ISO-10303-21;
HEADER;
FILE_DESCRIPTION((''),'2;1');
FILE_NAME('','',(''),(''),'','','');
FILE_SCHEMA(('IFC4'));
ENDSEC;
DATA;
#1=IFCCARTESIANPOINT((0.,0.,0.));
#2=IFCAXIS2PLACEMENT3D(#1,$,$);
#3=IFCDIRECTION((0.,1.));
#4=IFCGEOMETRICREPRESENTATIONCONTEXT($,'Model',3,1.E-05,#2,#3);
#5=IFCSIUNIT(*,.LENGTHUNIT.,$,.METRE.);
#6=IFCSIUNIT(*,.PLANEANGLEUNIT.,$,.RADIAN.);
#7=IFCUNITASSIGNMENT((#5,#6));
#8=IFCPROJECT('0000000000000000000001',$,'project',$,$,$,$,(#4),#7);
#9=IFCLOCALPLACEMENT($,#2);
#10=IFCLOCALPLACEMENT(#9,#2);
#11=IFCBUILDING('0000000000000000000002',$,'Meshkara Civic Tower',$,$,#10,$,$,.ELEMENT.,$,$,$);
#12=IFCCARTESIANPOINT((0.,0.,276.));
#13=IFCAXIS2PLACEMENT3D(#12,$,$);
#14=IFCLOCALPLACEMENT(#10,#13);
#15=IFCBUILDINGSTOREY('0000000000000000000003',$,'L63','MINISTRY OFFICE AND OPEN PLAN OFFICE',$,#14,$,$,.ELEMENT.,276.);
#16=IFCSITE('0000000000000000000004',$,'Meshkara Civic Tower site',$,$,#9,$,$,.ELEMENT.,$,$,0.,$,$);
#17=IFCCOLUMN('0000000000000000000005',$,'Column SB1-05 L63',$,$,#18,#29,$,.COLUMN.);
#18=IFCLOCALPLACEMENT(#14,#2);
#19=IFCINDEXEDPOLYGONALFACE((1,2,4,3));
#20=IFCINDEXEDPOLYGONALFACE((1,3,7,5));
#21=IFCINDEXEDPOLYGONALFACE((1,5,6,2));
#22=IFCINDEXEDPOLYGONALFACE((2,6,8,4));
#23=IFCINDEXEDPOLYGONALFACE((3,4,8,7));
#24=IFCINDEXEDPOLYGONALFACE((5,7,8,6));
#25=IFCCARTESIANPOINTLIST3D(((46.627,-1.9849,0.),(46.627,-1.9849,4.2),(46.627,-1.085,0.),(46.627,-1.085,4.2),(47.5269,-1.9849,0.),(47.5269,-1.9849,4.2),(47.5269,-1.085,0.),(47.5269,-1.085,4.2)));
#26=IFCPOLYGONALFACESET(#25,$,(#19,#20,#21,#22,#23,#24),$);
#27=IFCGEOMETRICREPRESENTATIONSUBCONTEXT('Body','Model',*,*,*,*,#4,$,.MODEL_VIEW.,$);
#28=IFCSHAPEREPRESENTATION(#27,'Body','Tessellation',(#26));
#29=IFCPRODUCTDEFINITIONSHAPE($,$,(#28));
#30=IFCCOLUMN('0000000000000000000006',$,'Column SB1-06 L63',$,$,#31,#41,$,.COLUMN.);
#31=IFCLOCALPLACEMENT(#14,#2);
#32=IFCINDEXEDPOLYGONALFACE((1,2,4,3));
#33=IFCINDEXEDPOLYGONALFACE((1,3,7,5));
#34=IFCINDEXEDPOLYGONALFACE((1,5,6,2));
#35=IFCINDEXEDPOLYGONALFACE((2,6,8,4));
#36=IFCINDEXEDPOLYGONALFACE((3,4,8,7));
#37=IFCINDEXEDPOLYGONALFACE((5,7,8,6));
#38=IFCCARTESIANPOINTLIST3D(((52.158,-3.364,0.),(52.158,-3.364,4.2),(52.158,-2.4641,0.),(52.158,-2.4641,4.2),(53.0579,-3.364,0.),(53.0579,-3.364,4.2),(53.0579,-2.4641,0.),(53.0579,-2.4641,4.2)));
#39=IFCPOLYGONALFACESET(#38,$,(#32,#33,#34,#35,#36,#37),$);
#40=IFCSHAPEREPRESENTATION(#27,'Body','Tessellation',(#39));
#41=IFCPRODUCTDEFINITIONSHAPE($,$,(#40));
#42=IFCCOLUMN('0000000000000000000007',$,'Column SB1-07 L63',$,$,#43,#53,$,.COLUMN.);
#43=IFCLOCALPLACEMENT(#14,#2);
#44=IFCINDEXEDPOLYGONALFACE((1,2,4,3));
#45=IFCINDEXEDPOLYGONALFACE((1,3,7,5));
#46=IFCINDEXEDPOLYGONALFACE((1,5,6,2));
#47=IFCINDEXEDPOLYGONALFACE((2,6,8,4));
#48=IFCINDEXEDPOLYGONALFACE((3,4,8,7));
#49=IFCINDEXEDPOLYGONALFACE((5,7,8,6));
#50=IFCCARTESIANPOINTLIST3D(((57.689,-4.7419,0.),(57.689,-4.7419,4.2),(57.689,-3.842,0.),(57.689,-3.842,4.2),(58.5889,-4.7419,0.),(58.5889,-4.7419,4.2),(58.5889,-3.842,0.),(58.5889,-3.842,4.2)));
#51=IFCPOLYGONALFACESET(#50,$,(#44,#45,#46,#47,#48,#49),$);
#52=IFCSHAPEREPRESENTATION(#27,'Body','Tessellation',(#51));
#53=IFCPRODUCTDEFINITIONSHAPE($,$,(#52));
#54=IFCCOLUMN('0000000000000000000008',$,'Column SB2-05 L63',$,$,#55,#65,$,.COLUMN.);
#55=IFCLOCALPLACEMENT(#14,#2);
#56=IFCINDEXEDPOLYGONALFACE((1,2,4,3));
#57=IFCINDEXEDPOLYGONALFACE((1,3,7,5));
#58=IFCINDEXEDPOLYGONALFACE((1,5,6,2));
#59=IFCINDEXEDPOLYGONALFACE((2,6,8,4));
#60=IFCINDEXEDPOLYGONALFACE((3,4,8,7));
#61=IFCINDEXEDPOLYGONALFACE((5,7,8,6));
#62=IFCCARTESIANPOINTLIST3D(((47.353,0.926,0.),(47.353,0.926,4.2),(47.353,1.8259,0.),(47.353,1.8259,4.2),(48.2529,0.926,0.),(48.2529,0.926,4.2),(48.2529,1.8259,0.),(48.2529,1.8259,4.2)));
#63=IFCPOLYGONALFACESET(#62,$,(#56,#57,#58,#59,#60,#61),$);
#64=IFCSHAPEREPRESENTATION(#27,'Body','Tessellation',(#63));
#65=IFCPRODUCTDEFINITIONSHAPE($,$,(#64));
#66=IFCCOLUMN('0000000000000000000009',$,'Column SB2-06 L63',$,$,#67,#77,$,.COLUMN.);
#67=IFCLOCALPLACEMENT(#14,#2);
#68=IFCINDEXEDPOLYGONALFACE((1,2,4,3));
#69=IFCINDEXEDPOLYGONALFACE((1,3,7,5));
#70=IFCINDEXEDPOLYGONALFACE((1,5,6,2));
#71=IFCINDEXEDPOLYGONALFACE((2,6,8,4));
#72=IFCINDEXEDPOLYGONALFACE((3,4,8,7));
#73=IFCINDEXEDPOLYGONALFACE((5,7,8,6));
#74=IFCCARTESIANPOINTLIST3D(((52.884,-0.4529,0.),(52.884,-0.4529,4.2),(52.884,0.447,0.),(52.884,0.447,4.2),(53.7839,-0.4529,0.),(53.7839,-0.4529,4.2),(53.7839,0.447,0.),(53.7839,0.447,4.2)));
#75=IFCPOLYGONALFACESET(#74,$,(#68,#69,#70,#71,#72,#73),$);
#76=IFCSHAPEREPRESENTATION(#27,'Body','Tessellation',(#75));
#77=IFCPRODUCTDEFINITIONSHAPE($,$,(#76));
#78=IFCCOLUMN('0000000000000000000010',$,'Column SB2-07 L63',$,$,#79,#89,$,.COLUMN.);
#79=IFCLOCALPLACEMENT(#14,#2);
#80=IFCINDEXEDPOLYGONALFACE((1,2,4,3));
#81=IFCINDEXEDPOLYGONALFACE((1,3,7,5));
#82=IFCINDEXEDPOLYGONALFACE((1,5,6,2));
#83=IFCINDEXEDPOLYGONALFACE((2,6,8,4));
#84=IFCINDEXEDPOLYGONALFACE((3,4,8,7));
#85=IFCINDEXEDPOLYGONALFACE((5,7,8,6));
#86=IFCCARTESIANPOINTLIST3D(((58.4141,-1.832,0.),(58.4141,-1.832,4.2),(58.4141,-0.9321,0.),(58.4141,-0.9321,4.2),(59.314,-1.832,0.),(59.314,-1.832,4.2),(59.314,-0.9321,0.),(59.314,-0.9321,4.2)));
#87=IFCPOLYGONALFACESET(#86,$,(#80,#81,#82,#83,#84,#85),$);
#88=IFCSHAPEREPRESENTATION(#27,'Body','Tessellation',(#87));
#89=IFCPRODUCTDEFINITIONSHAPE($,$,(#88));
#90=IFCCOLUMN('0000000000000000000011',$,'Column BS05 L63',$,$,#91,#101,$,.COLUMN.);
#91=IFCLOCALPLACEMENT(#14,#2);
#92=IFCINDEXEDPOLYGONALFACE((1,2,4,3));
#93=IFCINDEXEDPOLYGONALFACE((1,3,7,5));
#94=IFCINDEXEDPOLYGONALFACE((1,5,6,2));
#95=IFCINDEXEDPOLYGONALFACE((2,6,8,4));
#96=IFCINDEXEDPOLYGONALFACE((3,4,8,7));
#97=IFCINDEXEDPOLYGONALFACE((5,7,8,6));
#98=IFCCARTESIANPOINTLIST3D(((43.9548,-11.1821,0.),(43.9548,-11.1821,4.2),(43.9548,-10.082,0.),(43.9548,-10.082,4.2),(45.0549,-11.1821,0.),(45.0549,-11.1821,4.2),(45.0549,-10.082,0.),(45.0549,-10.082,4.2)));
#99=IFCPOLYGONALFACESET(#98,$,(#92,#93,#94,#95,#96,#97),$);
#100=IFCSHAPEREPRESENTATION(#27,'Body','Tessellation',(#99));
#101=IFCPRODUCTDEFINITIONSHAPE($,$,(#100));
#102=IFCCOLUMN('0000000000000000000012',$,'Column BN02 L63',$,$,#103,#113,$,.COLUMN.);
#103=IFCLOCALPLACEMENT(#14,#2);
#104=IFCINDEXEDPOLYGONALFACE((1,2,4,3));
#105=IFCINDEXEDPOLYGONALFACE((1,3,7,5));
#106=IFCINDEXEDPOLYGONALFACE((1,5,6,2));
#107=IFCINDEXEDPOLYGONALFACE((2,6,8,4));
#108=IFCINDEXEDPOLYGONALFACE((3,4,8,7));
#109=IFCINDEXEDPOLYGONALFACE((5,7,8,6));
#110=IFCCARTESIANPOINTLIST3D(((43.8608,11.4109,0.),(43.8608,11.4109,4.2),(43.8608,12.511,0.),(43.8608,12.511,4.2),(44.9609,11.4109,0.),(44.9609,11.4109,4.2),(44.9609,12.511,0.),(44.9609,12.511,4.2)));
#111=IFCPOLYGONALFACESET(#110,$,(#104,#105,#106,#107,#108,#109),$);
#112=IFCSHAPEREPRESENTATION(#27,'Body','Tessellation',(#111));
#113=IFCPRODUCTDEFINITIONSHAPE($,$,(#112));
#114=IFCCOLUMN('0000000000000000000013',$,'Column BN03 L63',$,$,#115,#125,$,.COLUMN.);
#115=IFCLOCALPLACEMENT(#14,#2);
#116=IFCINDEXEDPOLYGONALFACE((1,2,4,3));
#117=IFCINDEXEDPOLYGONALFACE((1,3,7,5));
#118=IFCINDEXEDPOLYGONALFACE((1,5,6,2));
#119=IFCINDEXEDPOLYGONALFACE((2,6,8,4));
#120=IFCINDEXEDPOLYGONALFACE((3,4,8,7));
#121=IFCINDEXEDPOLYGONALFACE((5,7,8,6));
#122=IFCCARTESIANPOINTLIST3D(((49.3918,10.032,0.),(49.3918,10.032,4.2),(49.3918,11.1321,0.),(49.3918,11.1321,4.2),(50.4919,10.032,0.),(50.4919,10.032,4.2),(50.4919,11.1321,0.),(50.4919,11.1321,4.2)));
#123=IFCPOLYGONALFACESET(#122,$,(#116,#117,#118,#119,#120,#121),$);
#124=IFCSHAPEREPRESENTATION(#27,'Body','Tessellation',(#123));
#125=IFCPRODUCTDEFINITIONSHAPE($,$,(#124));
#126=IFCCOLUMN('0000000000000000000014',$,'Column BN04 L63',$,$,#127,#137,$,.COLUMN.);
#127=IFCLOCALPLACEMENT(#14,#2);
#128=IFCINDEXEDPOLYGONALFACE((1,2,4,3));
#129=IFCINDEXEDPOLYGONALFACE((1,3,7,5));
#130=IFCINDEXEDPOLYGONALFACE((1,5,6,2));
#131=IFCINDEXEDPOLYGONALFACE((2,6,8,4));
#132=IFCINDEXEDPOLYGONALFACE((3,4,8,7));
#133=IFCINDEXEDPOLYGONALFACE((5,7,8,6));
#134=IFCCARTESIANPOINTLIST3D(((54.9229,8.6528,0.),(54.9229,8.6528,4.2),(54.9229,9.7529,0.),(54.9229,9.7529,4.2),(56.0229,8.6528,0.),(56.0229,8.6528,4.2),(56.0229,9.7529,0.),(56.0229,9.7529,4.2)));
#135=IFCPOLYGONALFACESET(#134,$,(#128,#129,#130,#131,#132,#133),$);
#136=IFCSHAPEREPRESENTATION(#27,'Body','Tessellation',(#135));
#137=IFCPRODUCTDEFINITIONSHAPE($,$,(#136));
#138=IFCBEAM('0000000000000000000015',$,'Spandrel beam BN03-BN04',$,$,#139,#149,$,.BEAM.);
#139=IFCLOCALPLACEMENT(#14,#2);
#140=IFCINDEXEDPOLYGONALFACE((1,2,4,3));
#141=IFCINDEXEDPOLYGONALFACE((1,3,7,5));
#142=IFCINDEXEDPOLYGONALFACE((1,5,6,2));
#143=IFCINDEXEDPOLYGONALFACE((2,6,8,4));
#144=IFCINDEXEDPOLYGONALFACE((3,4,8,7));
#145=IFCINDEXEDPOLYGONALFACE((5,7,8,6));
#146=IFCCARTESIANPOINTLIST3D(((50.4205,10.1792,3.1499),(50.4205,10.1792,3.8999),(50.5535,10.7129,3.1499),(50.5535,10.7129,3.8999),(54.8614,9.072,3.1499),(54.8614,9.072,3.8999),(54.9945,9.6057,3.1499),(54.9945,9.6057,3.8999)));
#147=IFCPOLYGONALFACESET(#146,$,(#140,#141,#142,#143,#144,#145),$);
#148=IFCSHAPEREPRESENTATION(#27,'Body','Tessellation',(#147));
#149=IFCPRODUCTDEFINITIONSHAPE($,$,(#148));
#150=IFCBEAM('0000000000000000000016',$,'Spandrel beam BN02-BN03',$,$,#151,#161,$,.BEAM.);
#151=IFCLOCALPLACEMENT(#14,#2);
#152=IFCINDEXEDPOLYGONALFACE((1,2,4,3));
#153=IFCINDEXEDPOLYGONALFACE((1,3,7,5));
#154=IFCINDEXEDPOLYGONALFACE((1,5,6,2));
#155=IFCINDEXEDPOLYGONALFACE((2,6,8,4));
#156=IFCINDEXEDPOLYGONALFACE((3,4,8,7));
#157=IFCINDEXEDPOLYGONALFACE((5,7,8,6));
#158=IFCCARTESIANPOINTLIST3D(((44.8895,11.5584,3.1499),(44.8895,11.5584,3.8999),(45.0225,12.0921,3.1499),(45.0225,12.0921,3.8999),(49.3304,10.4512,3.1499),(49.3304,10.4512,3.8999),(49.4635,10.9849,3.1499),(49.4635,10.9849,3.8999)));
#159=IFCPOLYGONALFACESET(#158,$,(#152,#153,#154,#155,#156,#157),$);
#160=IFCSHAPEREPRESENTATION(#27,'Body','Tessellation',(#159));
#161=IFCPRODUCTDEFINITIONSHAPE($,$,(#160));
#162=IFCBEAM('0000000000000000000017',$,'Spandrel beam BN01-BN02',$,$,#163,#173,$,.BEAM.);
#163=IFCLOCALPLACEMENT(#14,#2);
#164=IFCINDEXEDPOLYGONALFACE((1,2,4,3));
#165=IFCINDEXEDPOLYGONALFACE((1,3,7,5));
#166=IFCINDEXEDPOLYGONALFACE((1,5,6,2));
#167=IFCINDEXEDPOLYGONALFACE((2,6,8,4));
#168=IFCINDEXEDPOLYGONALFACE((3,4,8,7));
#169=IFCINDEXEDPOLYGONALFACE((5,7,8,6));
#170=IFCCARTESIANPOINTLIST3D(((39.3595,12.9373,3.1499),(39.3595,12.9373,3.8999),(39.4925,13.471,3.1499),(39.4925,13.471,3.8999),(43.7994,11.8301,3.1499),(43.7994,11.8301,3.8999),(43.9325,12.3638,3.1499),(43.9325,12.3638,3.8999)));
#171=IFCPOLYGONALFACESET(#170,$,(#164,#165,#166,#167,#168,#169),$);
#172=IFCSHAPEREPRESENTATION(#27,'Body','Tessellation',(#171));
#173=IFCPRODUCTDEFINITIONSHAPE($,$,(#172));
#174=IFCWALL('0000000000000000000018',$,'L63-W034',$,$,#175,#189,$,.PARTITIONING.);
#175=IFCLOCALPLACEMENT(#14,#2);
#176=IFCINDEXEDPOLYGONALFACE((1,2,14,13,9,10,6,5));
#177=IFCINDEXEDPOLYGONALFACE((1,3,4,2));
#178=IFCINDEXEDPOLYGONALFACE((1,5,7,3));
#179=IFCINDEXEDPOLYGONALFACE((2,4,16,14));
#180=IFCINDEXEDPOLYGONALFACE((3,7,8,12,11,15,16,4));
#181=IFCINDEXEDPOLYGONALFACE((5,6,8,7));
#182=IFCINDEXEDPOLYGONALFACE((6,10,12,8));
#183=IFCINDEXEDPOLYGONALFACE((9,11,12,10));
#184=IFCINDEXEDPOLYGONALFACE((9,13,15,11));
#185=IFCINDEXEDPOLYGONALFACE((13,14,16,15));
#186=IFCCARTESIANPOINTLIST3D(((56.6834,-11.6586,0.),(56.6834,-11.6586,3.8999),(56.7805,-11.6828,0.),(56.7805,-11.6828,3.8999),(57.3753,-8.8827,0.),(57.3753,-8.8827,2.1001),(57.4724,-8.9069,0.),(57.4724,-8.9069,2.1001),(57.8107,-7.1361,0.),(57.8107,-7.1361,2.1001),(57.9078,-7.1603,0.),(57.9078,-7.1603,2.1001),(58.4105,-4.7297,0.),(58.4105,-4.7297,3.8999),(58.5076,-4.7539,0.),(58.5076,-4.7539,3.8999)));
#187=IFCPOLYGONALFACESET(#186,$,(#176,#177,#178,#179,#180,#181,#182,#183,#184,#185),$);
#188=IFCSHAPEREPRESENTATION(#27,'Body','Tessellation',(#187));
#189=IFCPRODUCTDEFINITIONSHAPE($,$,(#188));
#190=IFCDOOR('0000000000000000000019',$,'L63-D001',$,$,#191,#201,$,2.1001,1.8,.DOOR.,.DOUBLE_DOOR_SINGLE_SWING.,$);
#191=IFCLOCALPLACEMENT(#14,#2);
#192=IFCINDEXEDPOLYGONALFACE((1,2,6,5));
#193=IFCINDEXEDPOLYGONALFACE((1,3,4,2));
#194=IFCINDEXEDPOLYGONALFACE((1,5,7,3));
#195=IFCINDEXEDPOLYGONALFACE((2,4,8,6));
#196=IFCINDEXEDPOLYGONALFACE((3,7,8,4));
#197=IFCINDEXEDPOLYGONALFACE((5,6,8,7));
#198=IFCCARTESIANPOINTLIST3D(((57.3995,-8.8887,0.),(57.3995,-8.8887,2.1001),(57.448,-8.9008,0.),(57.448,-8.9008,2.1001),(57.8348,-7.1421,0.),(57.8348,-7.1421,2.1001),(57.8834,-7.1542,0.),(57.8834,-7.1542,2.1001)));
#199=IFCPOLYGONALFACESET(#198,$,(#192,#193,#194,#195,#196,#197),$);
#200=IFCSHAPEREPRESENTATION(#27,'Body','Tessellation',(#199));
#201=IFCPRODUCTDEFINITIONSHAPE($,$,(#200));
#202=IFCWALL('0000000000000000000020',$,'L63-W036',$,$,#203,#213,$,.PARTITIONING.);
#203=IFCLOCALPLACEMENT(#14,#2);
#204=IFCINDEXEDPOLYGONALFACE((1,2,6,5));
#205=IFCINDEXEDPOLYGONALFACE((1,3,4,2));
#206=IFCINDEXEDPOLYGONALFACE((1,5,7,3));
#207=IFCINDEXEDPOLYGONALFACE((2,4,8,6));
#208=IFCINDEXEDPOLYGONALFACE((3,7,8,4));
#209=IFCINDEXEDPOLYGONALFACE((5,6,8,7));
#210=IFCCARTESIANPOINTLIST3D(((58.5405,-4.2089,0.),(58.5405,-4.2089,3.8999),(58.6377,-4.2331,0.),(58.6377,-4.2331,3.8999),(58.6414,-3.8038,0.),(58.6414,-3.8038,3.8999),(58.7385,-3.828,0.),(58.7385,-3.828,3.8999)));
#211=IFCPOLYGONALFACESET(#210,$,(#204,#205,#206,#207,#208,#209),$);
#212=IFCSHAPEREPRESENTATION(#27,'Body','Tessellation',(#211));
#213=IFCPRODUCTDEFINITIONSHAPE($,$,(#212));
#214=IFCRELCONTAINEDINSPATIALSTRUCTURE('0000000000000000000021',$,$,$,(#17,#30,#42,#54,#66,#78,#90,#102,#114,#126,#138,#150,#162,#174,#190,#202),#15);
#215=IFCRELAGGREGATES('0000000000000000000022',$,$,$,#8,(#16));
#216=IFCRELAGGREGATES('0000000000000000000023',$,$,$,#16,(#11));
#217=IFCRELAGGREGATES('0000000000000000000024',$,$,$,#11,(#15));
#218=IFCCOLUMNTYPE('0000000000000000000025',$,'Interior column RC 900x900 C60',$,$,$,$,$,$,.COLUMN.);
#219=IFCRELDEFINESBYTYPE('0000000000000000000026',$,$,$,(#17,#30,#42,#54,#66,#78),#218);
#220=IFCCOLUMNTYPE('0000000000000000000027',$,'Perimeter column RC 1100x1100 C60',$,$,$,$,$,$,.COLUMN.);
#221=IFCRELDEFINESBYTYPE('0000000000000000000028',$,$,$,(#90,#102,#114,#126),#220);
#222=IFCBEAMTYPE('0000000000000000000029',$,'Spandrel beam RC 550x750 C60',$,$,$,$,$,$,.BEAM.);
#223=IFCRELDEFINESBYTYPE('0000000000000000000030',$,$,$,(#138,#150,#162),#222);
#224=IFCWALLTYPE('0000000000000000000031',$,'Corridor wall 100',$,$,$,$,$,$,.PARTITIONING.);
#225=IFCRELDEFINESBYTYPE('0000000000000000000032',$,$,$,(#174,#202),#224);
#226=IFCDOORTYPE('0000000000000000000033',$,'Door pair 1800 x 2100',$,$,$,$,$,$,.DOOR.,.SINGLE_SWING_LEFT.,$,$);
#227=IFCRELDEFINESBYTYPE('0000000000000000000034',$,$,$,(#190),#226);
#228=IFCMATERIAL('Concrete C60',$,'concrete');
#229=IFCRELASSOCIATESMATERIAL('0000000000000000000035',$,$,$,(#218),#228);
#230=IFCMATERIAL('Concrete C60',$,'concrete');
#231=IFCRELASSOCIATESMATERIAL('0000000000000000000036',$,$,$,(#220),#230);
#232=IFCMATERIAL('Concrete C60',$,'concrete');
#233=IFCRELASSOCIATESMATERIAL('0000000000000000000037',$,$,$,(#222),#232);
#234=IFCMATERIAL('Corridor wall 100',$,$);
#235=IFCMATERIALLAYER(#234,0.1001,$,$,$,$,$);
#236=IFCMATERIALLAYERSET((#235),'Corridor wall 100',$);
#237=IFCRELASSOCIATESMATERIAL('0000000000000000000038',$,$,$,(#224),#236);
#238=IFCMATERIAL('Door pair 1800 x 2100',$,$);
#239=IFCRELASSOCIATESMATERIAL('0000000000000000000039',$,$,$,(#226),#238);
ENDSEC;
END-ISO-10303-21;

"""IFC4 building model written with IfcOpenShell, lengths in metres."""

from ifc_helpers import new_model, si_unit, direction, frame, frame_2d, origin, origin_2d, place, context, subcontext, project, spatial, rectangle, extrude, material, layer, layer_set, material_profile, profile_set, type_object, element, fill, save


model = new_model("IFC4")

# Units and contexts
model_context = context("Model", 3, precision=1e-05, world=origin(), true_north=direction((0.0, 1.0)))
body_context = subcontext(model_context, "Body", "Model", "MODEL_VIEW")
ifc_project = project(units=[si_unit("LENGTHUNIT", "METRE"), si_unit("PLANEANGLEUNIT", "RADIAN")], contexts=[model_context])

# Site, building, storey
site_placement = place(None, origin())
site = spatial("IfcSite", under=ifc_project, at=site_placement, Name="Meshkara Civic Tower site", CompositionType="ELEMENT", RefElevation=0.0)
building_placement = place(site_placement, origin())
building = spatial("IfcBuilding", under=site, at=building_placement, Name="Meshkara Civic Tower", CompositionType="ELEMENT")
storey_placement = place(building_placement, frame((0.0, 0.0, 276.0)))
storey = spatial("IfcBuildingStorey", under=building, at=storey_placement, Name="L63", Description="MINISTRY OFFICE AND OPEN PLAN OFFICE", CompositionType="ELEMENT", Elevation=276.0)

# Columns
ifc_material_1 = material(Name="Concrete C60", Category="concrete")
ifc_material_profile_1 = material_profile(ifc_material_1, rectangle(XDim=0.8999, YDim=0.8999, at=origin_2d()))
ifc_profile_set_1 = profile_set([ifc_material_profile_1], Name="Concrete C60")
column_type_1 = type_object("IfcColumnType", Name="Interior column RC 900x900 C60", PredefinedType="COLUMN", material=ifc_profile_set_1)
for number, where, z_axis, x_axis, name in (
    (1, (47.0769, -1.5349, 0.0), (0.0, 0.0, 1.0), (1.0, 0.0, 0.0), "Column SB1-05 L63"),
    (2, (52.6079, -2.9141, 0.0), (0.0, 0.0, 1.0), (1.0, 0.0, 0.0), "Column SB1-06 L63"),
    (3, (58.1389, -4.292, 0.0), (0.0, 0.0, 1.0), (1.0, 0.0, 0.0), "Column SB1-07 L63"),
    (4, (47.803, 1.376, 0.0), (0.0, 0.0, 1.0), (1.0, 0.0, 0.0), "Column SB2-05 L63"),
    (5, (53.334, -0.0029, 0.0), (0.0, 0.0, 1.0), (1.0, 0.0, 0.0), "Column SB2-06 L63"),
    (6, (58.864, -1.3821, 0.0), (0.0, 0.0, 1.0), (1.0, 0.0, 0.0), "Column SB2-07 L63"),
):
    element("IfcColumn", number, at=place(storey_placement, frame(where, z_axis=z_axis, x_axis=x_axis)), inside=storey, type_object=column_type_1, Name=name, PredefinedType="COLUMN", context=body_context, shape_type="SweptSolid", body=[
        extrude(rectangle(XDim=0.8999, YDim=0.8999, at=origin_2d()), origin(), (0.0, 0.0, 1.0), 4.2),
    ])
ifc_material_2 = material(Name="Concrete C60", Category="concrete")
ifc_material_profile_2 = material_profile(ifc_material_2, rectangle(XDim=1.1001, YDim=1.1001, at=origin_2d()))
ifc_profile_set_2 = profile_set([ifc_material_profile_2], Name="Concrete C60")
column_type_2 = type_object("IfcColumnType", Name="Perimeter column RC 1100x1100 C60", PredefinedType="COLUMN", material=ifc_profile_set_2)
for number, where, z_axis, x_axis, name in (
    (7, (44.5049, -10.6321, 0.0), (0.0, 0.0, 1.0), (1.0, 0.0, 0.0), "Column BS05 L63"),
    (8, (44.4109, 11.9609, 0.0), (0.0, 0.0, 1.0), (1.0, 0.0, 0.0), "Column BN02 L63"),
    (9, (49.9419, 10.582, 0.0), (0.0, 0.0, 1.0), (1.0, 0.0, 0.0), "Column BN03 L63"),
    (10, (55.4729, 9.2029, 0.0), (0.0, 0.0, 1.0), (1.0, 0.0, 0.0), "Column BN04 L63"),
):
    element("IfcColumn", number, at=place(storey_placement, frame(where, z_axis=z_axis, x_axis=x_axis)), inside=storey, type_object=column_type_2, Name=name, PredefinedType="COLUMN", context=body_context, shape_type="SweptSolid", body=[
        extrude(rectangle(XDim=1.1001, YDim=1.1001, at=origin_2d()), origin(), (0.0, 0.0, 1.0), 4.2),
    ])

# Beams
ifc_material_3 = material(Name="Concrete C60", Category="concrete")
ifc_material_profile_3 = material_profile(ifc_material_3, rectangle(XDim=0.55, YDim=0.75, at=origin_2d()))
ifc_profile_set_3 = profile_set([ifc_material_profile_3], Name="Concrete C60")
beam_type = type_object("IfcBeamType", Name="Spandrel beam RC 550x750 C60", PredefinedType="BEAM", material=ifc_profile_set_3)
for number, where, z_axis, x_axis, name in (
    (11, (54.928, 9.3389, 3.5249), (-0.970299, 0.241908, 0.0), (-0.241908, -0.970299, 0.0), "Spandrel beam BN03-BN04"),
    (12, (49.397, 10.718, 3.5249), (-0.970299, 0.241908, 0.0), (-0.241908, -0.970299, 0.0), "Spandrel beam BN02-BN03"),
):
    element("IfcBeam", number, at=place(storey_placement, frame(where, z_axis=z_axis, x_axis=x_axis)), inside=storey, type_object=beam_type, Name=name, PredefinedType="BEAM", context=body_context, shape_type="SweptSolid", body=[
        extrude(rectangle(XDim=0.55, YDim=0.75, at=origin_2d()), origin(), (0.0, 0.0, 1.0), 4.5769),
    ])
beam_placement = place(storey_placement, frame((43.866, 12.0969, 3.5249), z_axis=(-0.970287, 0.241958, 0.0), x_axis=(-0.241958, -0.970287, 0.0)))
element("IfcBeam", 13, at=beam_placement, inside=storey, type_object=beam_type, Name="Spandrel beam BN01-BN02", PredefinedType="BEAM", context=body_context, shape_type="SweptSolid", body=[
    extrude(rectangle(XDim=0.55, YDim=0.75, at=origin_2d()), origin(), (0.0, 0.0, 1.0), 4.5759),
])

# Wall, opening, door
ifc_material_4 = material(Name="Corridor wall 100")
ifc_layer_1 = layer(ifc_material_4, 0.1001)
ifc_layer_set_1 = layer_set([ifc_layer_1], Name="Corridor wall 100")
wall_type_1 = type_object("IfcWallType", Name="Corridor wall 100", PredefinedType="PARTITIONING", material=ifc_layer_set_1)
wall_1_placement = place(storey_placement, frame((58.459, -4.7419, 0.0), z_axis=(0.0, 0.0, 1.0), x_axis=(-0.241852, -0.970313, 0.0)))
wall_1 = element("IfcWall", 14, at=wall_1_placement, inside=storey, type_object=wall_type_1, Name="L63-W034", PredefinedType="PARTITIONING", context=body_context, shape_type="SweptSolid", body=[
    extrude(rectangle(XDim=7.1409, YDim=0.1001, at=frame_2d((3.5703, 0.0))), origin(), (0.0, 0.0, 1.0), 3.8999),
])
opening_1_placement = place(wall_1_placement, frame((2.48, 0.0, 0.0)))
opening_1 = element("IfcOpeningElement", 15, at=opening_1_placement, cuts=wall_1, PredefinedType="OPENING", context=body_context, shape_type="SweptSolid", body=[
    extrude(rectangle(XDim=1.8, YDim=2.1001, at=frame_2d((0.8999, 1.05))), frame((0.0, 0.0601, 0.0), z_axis=(0.0, -1.0, 0.0), x_axis=(1.0, 0.0, 0.0)), (0.0, 0.0, 1.0), 0.1201),
])
ifc_material_5 = material(Name="Door pair 1800 x 2100")
door_type_1 = type_object("IfcDoorType", Name="Door pair 1800 x 2100", OperationType="SINGLE_SWING_LEFT", PredefinedType="DOOR", material=ifc_material_5)
door_1_placement = place(opening_1_placement, origin())
door_1 = element("IfcDoor", 16, at=door_1_placement, inside=storey, type_object=door_type_1, Name="L63-D001", OperationType="DOUBLE_DOOR_SINGLE_SWING", OverallHeight=2.1001, OverallWidth=1.8, PredefinedType="DOOR", context=body_context, shape_type="SweptSolid", body=[
    extrude(rectangle(XDim=1.8, YDim=2.1001, at=frame_2d((0.8999, 1.05))), frame((0.0, 0.0249, 0.0), z_axis=(0.0, -1.0, 0.0), x_axis=(1.0, 0.0, 0.0)), (0.0, 0.0, 1.0), 0.05),
])
fill(opening_1, door_1)

# Wall
wall_2_placement = place(storey_placement, frame((58.6899, -3.8159, 0.0), z_axis=(0.0, 0.0, 1.0), x_axis=(-0.241572, -0.970383, 0.0)))
element("IfcWall", 17, at=wall_2_placement, inside=storey, type_object=wall_type_1, Name="L63-W036", PredefinedType="PARTITIONING", context=body_context, shape_type="SweptSolid", body=[
    extrude(rectangle(XDim=0.4175, YDim=0.1001, at=frame_2d((0.2087, 0.0))), origin(), (0.0, 0.0, 1.0), 3.8999),
])

save(model, "model.ifc")
